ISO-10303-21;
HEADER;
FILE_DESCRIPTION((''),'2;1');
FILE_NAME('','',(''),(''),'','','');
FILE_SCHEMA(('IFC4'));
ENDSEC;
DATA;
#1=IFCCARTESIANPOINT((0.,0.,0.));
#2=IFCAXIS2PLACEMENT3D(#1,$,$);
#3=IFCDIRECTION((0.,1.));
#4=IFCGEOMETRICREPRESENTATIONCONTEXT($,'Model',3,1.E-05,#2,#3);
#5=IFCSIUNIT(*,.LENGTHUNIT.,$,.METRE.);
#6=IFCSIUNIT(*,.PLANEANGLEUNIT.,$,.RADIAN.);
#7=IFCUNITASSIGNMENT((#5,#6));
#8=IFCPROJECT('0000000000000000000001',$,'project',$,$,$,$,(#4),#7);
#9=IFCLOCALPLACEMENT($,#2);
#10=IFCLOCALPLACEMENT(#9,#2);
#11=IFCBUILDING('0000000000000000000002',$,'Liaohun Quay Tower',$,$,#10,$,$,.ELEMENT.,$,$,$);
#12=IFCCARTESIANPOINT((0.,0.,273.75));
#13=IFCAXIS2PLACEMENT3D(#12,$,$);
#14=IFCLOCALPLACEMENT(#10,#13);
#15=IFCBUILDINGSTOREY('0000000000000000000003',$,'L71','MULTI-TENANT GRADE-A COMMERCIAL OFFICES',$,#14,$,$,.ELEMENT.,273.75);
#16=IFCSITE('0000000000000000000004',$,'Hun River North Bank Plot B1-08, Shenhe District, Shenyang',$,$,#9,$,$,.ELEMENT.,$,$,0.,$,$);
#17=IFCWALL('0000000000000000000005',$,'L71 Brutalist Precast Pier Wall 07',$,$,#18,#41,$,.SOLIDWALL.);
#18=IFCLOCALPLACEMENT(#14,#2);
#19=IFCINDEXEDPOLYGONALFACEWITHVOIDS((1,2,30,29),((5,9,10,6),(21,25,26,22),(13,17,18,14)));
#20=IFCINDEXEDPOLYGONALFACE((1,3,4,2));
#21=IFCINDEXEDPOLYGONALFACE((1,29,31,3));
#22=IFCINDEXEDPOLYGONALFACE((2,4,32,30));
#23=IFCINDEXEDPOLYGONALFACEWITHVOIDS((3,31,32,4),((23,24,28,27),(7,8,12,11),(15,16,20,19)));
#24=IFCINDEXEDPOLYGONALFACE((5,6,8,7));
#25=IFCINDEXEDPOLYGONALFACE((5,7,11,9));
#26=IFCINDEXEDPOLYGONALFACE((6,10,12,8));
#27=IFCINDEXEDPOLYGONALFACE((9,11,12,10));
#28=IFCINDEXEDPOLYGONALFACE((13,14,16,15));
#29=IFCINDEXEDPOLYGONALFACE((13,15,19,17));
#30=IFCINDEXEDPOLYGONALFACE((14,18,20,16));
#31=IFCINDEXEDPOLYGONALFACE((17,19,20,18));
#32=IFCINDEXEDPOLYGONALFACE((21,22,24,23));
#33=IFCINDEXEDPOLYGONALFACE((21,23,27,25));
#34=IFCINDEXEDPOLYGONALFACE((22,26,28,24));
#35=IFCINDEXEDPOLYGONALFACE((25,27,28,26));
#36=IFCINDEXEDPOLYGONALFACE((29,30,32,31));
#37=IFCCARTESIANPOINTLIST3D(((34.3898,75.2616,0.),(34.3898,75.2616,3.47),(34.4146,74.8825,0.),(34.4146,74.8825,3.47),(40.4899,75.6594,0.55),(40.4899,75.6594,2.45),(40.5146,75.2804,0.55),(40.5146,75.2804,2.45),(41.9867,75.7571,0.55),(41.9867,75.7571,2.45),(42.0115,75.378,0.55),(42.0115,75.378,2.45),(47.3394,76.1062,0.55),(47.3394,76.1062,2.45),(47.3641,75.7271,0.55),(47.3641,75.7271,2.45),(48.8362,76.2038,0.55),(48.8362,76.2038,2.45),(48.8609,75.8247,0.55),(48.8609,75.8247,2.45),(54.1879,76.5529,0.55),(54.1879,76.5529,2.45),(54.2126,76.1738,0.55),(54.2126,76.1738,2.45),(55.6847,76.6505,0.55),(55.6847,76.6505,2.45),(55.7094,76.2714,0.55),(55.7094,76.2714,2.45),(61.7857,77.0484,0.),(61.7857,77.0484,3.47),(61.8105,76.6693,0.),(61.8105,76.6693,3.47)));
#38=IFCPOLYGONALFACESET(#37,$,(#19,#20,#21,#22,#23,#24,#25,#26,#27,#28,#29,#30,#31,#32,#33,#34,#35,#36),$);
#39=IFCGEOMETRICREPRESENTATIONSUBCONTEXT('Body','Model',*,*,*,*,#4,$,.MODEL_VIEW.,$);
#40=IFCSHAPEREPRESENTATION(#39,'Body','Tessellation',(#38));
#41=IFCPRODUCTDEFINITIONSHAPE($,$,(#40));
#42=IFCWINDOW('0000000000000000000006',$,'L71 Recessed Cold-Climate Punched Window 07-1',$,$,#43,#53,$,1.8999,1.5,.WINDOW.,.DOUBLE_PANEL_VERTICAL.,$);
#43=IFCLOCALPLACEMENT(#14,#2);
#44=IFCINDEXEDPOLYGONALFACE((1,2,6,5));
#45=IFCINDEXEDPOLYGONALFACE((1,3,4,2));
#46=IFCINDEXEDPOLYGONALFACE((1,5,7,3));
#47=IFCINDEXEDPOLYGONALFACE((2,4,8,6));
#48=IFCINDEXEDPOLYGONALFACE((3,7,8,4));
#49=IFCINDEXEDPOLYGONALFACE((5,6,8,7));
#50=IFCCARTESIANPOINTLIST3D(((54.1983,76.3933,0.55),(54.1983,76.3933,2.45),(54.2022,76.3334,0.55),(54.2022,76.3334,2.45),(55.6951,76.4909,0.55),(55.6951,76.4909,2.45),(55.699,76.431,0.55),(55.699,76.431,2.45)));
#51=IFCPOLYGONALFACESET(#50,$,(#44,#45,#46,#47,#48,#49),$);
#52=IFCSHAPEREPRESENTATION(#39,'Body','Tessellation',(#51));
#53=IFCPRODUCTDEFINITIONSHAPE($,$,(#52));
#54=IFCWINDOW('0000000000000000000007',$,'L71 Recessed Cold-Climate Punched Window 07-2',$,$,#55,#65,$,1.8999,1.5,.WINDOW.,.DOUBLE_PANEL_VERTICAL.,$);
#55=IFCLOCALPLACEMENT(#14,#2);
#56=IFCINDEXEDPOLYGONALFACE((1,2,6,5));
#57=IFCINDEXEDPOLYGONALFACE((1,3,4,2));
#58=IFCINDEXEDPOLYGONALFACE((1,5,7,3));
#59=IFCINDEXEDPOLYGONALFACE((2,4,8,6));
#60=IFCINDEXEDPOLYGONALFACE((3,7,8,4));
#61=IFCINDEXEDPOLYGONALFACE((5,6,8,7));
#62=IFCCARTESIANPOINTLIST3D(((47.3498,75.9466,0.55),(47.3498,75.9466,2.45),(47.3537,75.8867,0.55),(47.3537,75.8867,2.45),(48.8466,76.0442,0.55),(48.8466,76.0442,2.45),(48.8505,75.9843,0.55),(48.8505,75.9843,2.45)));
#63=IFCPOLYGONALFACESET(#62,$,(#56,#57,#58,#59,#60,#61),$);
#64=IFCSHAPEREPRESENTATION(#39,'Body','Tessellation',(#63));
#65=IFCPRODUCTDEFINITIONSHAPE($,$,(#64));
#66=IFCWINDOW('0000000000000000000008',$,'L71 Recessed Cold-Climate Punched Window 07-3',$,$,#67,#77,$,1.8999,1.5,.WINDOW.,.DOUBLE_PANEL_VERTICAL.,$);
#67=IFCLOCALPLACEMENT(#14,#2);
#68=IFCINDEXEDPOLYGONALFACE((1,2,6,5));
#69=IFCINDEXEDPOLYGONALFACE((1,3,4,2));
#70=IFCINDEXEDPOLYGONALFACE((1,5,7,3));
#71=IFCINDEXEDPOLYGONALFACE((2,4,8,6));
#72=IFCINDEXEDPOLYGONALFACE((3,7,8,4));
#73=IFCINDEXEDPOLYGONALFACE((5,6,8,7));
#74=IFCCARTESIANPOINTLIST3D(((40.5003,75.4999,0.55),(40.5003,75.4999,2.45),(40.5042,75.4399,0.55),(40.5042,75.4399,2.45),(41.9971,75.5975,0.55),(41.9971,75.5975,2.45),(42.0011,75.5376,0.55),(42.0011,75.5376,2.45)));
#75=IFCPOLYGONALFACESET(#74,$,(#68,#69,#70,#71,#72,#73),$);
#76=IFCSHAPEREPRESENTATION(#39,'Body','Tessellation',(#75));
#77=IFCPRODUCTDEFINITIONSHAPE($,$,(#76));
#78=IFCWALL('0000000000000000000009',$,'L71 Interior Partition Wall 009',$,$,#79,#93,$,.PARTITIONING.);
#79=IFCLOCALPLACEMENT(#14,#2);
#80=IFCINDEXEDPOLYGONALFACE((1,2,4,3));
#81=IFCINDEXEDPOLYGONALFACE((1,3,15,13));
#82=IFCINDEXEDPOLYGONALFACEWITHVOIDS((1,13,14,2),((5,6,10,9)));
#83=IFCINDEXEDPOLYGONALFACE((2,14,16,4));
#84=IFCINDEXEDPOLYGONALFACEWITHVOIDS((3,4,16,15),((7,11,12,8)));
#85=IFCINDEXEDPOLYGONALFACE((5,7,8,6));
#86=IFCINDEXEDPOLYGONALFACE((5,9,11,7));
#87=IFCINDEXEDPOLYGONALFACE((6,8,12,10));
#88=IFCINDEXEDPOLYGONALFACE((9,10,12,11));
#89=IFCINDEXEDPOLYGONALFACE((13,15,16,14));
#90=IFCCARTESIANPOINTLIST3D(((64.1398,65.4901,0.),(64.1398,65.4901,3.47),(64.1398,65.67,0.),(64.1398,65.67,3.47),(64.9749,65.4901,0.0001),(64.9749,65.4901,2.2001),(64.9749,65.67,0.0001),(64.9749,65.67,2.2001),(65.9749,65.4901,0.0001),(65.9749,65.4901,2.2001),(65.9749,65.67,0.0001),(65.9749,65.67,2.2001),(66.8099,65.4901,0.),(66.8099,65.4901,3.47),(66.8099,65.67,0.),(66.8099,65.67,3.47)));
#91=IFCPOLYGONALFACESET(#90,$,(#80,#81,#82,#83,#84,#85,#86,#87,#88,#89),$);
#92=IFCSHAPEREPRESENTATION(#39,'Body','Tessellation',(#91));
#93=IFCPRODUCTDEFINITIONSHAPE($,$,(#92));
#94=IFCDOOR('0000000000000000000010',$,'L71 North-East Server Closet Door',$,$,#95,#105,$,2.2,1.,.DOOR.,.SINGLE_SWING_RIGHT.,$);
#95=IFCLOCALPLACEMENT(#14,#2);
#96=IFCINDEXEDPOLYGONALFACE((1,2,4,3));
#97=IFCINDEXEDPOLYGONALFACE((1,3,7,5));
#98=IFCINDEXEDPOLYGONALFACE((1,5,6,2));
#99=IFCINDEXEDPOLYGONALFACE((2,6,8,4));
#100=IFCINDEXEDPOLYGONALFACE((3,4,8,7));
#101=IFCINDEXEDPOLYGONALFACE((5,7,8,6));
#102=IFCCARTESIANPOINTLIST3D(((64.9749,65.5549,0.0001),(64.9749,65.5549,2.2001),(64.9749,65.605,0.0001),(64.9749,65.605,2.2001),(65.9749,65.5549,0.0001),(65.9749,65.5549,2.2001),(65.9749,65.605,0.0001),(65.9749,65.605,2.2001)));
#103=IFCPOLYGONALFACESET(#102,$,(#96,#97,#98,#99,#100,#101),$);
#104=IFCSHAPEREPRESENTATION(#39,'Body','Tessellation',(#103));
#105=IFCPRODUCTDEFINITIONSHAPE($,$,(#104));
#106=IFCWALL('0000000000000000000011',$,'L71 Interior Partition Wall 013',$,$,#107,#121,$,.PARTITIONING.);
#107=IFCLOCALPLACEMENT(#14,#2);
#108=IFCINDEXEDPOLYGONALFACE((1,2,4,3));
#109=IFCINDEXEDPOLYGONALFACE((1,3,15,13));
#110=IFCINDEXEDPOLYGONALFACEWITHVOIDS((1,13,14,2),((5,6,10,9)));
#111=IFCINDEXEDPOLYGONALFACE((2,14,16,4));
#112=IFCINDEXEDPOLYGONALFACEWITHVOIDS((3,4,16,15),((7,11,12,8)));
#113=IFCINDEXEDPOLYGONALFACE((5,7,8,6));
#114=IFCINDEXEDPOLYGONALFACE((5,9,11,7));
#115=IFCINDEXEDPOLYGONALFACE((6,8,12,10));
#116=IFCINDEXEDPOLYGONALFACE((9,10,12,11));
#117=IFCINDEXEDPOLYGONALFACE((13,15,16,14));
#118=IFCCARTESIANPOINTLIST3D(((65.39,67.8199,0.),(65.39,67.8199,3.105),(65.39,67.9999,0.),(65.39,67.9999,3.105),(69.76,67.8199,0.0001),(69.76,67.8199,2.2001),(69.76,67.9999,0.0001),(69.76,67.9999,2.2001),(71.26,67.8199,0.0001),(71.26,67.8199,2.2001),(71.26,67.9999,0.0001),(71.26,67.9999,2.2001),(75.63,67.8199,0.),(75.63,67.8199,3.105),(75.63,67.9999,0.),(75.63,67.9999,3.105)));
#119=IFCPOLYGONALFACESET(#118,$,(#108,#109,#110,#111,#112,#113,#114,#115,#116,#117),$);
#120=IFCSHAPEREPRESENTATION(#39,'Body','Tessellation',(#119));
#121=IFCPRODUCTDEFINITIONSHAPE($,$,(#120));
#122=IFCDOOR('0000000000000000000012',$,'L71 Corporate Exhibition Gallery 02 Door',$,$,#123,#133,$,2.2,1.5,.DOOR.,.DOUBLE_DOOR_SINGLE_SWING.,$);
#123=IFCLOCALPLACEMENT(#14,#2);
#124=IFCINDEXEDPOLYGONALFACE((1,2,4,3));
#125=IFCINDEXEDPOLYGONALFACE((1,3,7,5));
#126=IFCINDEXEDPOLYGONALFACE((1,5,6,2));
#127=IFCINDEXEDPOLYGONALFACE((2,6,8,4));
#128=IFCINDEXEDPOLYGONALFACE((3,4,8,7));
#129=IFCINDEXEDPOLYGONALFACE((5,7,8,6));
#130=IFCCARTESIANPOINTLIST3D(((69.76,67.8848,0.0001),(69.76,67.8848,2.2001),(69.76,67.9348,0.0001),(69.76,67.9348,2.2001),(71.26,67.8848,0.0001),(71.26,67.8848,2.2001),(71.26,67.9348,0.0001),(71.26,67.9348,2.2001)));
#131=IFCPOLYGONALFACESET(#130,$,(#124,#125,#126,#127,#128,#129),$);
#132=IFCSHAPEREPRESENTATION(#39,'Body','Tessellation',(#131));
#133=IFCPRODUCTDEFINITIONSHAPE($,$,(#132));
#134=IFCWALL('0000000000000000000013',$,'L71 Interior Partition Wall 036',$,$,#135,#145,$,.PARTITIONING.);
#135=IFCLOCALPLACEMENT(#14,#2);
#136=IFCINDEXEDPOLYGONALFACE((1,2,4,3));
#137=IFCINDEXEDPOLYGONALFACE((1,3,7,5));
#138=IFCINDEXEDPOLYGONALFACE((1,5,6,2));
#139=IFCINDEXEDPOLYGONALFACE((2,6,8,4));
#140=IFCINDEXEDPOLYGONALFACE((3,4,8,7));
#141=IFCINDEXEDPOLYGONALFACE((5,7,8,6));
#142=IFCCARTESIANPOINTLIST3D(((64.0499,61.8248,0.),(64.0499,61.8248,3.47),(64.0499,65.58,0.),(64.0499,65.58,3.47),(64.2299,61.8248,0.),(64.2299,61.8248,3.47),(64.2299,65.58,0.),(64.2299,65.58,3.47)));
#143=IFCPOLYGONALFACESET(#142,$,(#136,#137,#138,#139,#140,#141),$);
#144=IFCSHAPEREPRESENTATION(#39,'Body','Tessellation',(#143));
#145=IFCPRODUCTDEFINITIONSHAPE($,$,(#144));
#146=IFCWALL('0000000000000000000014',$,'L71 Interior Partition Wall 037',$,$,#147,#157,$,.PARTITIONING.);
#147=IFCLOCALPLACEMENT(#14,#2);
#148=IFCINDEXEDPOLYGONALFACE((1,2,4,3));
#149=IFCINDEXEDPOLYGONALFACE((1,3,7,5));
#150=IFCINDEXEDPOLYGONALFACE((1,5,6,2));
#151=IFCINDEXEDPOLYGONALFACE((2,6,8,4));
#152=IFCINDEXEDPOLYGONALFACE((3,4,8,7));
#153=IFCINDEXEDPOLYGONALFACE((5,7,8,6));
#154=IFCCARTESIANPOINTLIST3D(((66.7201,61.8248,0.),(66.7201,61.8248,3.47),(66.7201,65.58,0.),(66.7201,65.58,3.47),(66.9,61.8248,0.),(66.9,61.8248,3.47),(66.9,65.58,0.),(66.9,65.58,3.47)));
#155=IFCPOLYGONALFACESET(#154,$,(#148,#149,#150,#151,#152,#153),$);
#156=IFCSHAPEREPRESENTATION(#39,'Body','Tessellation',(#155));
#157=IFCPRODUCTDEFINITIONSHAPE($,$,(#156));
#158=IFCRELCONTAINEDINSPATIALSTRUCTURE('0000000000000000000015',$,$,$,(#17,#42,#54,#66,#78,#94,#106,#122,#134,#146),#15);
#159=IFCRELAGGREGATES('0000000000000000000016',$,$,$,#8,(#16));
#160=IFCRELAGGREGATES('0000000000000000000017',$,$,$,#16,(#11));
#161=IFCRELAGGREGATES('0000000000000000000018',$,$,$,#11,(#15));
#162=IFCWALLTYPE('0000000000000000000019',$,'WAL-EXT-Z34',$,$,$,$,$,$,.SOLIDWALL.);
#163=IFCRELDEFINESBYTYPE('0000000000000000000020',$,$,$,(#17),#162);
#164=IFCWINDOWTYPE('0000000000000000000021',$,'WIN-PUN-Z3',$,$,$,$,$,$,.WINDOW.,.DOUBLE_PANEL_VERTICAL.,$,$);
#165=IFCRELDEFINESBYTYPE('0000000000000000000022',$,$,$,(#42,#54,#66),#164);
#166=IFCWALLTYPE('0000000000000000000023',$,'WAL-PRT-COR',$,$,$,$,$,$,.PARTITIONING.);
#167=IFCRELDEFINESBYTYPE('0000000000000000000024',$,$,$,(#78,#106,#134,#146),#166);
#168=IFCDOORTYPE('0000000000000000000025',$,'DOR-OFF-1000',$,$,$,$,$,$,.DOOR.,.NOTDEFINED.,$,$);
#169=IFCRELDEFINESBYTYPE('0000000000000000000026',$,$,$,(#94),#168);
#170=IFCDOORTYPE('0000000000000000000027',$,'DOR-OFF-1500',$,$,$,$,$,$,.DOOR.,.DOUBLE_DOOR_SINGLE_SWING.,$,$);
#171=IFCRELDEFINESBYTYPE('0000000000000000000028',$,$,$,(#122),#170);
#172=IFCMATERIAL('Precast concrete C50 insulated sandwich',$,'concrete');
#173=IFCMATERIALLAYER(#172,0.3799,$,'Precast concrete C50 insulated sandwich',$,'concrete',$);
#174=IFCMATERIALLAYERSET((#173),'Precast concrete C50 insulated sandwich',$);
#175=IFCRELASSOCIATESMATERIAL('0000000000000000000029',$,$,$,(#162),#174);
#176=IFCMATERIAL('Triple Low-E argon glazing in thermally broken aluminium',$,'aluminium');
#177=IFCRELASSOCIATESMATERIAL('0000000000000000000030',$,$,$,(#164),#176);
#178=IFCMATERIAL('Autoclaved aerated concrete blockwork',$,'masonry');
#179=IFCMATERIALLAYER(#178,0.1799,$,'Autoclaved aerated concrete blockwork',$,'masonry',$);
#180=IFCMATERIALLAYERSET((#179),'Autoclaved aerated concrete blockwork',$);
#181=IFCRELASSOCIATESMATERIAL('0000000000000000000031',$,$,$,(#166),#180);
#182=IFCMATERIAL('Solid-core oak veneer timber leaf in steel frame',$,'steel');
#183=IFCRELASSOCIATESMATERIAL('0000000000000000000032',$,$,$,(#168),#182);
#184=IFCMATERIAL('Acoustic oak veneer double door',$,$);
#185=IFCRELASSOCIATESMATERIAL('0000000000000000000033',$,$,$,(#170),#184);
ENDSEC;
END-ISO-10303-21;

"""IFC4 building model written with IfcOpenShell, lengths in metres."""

from ifc_helpers import new_model, si_unit, direction, frame, frame_2d, origin, place, context, subcontext, project, spatial, rectangle, extrude, source, transform, mapped, material, layer, layer_set, type_object, element, fill, save


model = new_model("IFC4")

# Units and contexts
model_context = context("Model", 3, precision=1e-05, world=origin(), true_north=direction((0.0, 1.0)))
body_context = subcontext(model_context, "Body", "Model", "MODEL_VIEW")
ifc_project = project(units=[si_unit("LENGTHUNIT", "METRE"), si_unit("PLANEANGLEUNIT", "RADIAN")], contexts=[model_context])

# Site, building, storey
site_placement = place(None, origin())
site = spatial("IfcSite", under=ifc_project, at=site_placement, Name="Hun River North Bank Plot B1-08, Shenhe District, Shenyang", CompositionType="ELEMENT", RefElevation=0.0)
building_placement = place(site_placement, origin())
building = spatial("IfcBuilding", under=site, at=building_placement, Name="Liaohun Quay Tower", CompositionType="ELEMENT")
storey_placement = place(building_placement, frame((0.0, 0.0, 273.75)))
storey = spatial("IfcBuildingStorey", under=building, at=storey_placement, Name="L71", Description="MULTI-TENANT GRADE-A COMMERCIAL OFFICES", CompositionType="ELEMENT", Elevation=273.75)

# Wall, openings, windows
ifc_material_1 = material(Name="Precast concrete C50 insulated sandwich", Category="concrete")
ifc_layer_1 = layer(ifc_material_1, 0.3799, Name="Precast concrete C50 insulated sandwich", Category="concrete")
ifc_layer_set_1 = layer_set([ifc_layer_1], Name="Precast concrete C50 insulated sandwich")
wall_type_1 = type_object("IfcWallType", Name="WAL-EXT-Z34", PredefinedType="SOLIDWALL", material=ifc_layer_set_1)
wall_1_placement = place(storey_placement, frame((61.7981, 76.8589, 0.0), z_axis=(0.0, 0.0, 1.0), x_axis=(-0.99788, -0.065085, 0.0)))
wall_1 = element("IfcWall", 1, at=wall_1_placement, inside=storey, type_object=wall_type_1, Name="L71 Brutalist Precast Pier Wall 07", PredefinedType="SOLIDWALL", context=body_context, shape_type="SweptSolid", body=[
    extrude(rectangle(XDim=27.4541, YDim=0.3799, at=frame_2d((13.7271, 0.0))), origin(), (0.0, 0.0, 1.0), 3.47),
])
shared_shape_1 = source(origin(), body_context, "Body", "SweptSolid", [
    extrude(rectangle(XDim=1.5, YDim=1.8999, at=frame_2d((0.75, 0.95))), frame((0.0, 0.2, 0.0), z_axis=(0.0, -1.0, 0.0), x_axis=(1.0, 0.0, 0.0)), (0.0, 0.0, 1.0), 0.3999),
])
opening_1_placement = place(wall_1_placement, frame((6.114, 0.0, 0.55)))
opening_1 = element("IfcOpeningElement", 2, at=opening_1_placement, cuts=wall_1, PredefinedType="OPENING", context=body_context, shape_type="MappedRepresentation", body=[
    mapped(shared_shape_1, transform((0.0, 0.0, 0.0), x_axis=(1.0, 0.0, 0.0), y_axis=(0.0, 1.0, 0.0), z_axis=(0.0, 0.0, 1.0), scale=1.0)),
])
opening_2_placement = place(wall_1_placement, frame((12.9771, 0.0, 0.55)))
opening_2 = element("IfcOpeningElement", 3, at=opening_2_placement, cuts=wall_1, PredefinedType="OPENING", context=body_context, shape_type="MappedRepresentation", body=[
    mapped(shared_shape_1, transform((0.0, 0.0, 0.0), x_axis=(1.0, 0.0, 0.0), y_axis=(0.0, 1.0, 0.0), z_axis=(0.0, 0.0, 1.0), scale=1.0)),
])
opening_3_placement = place(wall_1_placement, frame((19.8411, 0.0, 0.55)))
opening_3 = element("IfcOpeningElement", 4, at=opening_3_placement, cuts=wall_1, PredefinedType="OPENING", context=body_context, shape_type="MappedRepresentation", body=[
    mapped(shared_shape_1, transform((0.0, 0.0, 0.0), x_axis=(1.0, 0.0, 0.0), y_axis=(0.0, 1.0, 0.0), z_axis=(0.0, 0.0, 1.0), scale=1.0)),
])
ifc_material_2 = material(Name="Triple Low-E argon glazing in thermally broken aluminium", Category="aluminium")
window_type = type_object("IfcWindowType", Name="WIN-PUN-Z3", PartitioningType="DOUBLE_PANEL_VERTICAL", PredefinedType="WINDOW", material=ifc_material_2)
shared_shape_2 = source(origin(), body_context, "Body", "SweptSolid", [
    extrude(rectangle(XDim=1.5, YDim=1.8999, at=frame_2d((0.75, 0.95))), frame((0.0, 0.03, 0.0), z_axis=(0.0, -1.0, 0.0), x_axis=(1.0, 0.0, 0.0)), (0.0, 0.0, 1.0), 0.0601),
])
window_1_placement = place(opening_1_placement, origin())
window_1 = element("IfcWindow", 5, at=window_1_placement, inside=storey, type_object=window_type, Name="L71 Recessed Cold-Climate Punched Window 07-1", OverallHeight=1.8999, OverallWidth=1.5, PartitioningType="DOUBLE_PANEL_VERTICAL", PredefinedType="WINDOW", context=body_context, shape_type="MappedRepresentation", body=[
    mapped(shared_shape_2, transform((0.0, 0.0, 0.0), x_axis=(1.0, 0.0, 0.0), y_axis=(0.0, 1.0, 0.0), z_axis=(0.0, 0.0, 1.0), scale=1.0)),
])
fill(opening_1, window_1)
window_2_placement = place(opening_2_placement, origin())
window_2 = element("IfcWindow", 6, at=window_2_placement, inside=storey, type_object=window_type, Name="L71 Recessed Cold-Climate Punched Window 07-2", OverallHeight=1.8999, OverallWidth=1.5, PartitioningType="DOUBLE_PANEL_VERTICAL", PredefinedType="WINDOW", context=body_context, shape_type="MappedRepresentation", body=[
    mapped(shared_shape_2, transform((0.0, 0.0, 0.0), x_axis=(1.0, 0.0, 0.0), y_axis=(0.0, 1.0, 0.0), z_axis=(0.0, 0.0, 1.0), scale=1.0)),
])
fill(opening_2, window_2)
window_3_placement = place(opening_3_placement, origin())
window_3 = element("IfcWindow", 7, at=window_3_placement, inside=storey, type_object=window_type, Name="L71 Recessed Cold-Climate Punched Window 07-3", OverallHeight=1.8999, OverallWidth=1.5, PartitioningType="DOUBLE_PANEL_VERTICAL", PredefinedType="WINDOW", context=body_context, shape_type="MappedRepresentation", body=[
    mapped(shared_shape_2, transform((0.0, 0.0, 0.0), x_axis=(1.0, 0.0, 0.0), y_axis=(0.0, 1.0, 0.0), z_axis=(0.0, 0.0, 1.0), scale=1.0)),
])
fill(opening_3, window_3)

# Walls, openings, doors
ifc_material_3 = material(Name="Autoclaved aerated concrete blockwork", Category="masonry")
ifc_layer_2 = layer(ifc_material_3, 0.1799, Name="Autoclaved aerated concrete blockwork", Category="masonry")
ifc_layer_set_2 = layer_set([ifc_layer_2], Name="Autoclaved aerated concrete blockwork")
wall_type_2 = type_object("IfcWallType", Name="WAL-PRT-COR", PredefinedType="PARTITIONING", material=ifc_layer_set_2)
wall_2_placement = place(storey_placement, frame((64.1399, 65.5801, 0.0), z_axis=(0.0, 0.0, 1.0), x_axis=(1.0, 0.0, 0.0)))
wall_2 = element("IfcWall", 8, at=wall_2_placement, inside=storey, type_object=wall_type_2, Name="L71 Interior Partition Wall 009", PredefinedType="PARTITIONING", context=body_context, shape_type="SweptSolid", body=[
    extrude(rectangle(XDim=2.6702, YDim=0.1799, at=frame_2d((1.335, 0.0))), origin(), (0.0, 0.0, 1.0), 3.47),
])
shared_shape_3 = source(origin(), body_context, "Body", "SweptSolid", [
    extrude(rectangle(XDim=1.0, YDim=2.2, at=frame_2d((0.5, 1.1001))), frame((0.0, 0.0999, 0.0), z_axis=(0.0, -1.0, 0.0), x_axis=(1.0, 0.0, 0.0)), (0.0, 0.0, 1.0), 0.2),
])
opening_4_placement = place(wall_2_placement, frame((0.835, 0.0, 0.0)))
opening_4 = element("IfcOpeningElement", 9, at=opening_4_placement, cuts=wall_2, PredefinedType="OPENING", context=body_context, shape_type="MappedRepresentation", body=[
    mapped(shared_shape_3, transform((0.0, 0.0, 0.0), x_axis=(1.0, 0.0, 0.0), y_axis=(0.0, 1.0, 0.0), z_axis=(0.0, 0.0, 1.0), scale=1.0)),
])
ifc_material_4 = material(Name="Solid-core oak veneer timber leaf in steel frame", Category="steel")
door_type_1 = type_object("IfcDoorType", Name="DOR-OFF-1000", OperationType="NOTDEFINED", PredefinedType="DOOR", material=ifc_material_4)
shared_shape_4 = source(origin(), body_context, "Body", "SweptSolid", [
    extrude(rectangle(XDim=1.0, YDim=2.2, at=frame_2d((0.5, 1.1001))), frame((0.0, 0.0249, 0.0), z_axis=(0.0, -1.0, 0.0), x_axis=(1.0, 0.0, 0.0)), (0.0, 0.0, 1.0), 0.05),
])
door_1_placement = place(opening_4_placement, origin())
door_1 = element("IfcDoor", 10, at=door_1_placement, inside=storey, type_object=door_type_1, Name="L71 North-East Server Closet Door", OperationType="SINGLE_SWING_RIGHT", OverallHeight=2.2, OverallWidth=1.0, PredefinedType="DOOR", context=body_context, shape_type="MappedRepresentation", body=[
    mapped(shared_shape_4, transform((0.0, 0.0, 0.0), x_axis=(1.0, 0.0, 0.0), y_axis=(0.0, 1.0, 0.0), z_axis=(0.0, 0.0, 1.0), scale=1.0)),
])
fill(opening_4, door_1)
wall_3_placement = place(storey_placement, frame((65.3899, 67.9099, 0.0), z_axis=(0.0, 0.0, 1.0), x_axis=(1.0, 0.0, 0.0)))
wall_3 = element("IfcWall", 11, at=wall_3_placement, inside=storey, type_object=wall_type_2, Name="L71 Interior Partition Wall 013", PredefinedType="PARTITIONING", context=body_context, shape_type="SweptSolid", body=[
    extrude(rectangle(XDim=10.24, YDim=0.1799, at=frame_2d((5.1201, 0.0))), origin(), (0.0, 0.0, 1.0), 3.105),
])
shared_shape_5 = source(origin(), body_context, "Body", "SweptSolid", [
    extrude(rectangle(XDim=1.5, YDim=2.2, at=frame_2d((0.75, 1.1001))), frame((0.0, 0.0999, 0.0), z_axis=(0.0, -1.0, 0.0), x_axis=(1.0, 0.0, 0.0)), (0.0, 0.0, 1.0), 0.2),
])
opening_5_placement = place(wall_3_placement, frame((4.3701, 0.0, 0.0)))
opening_5 = element("IfcOpeningElement", 12, at=opening_5_placement, cuts=wall_3, PredefinedType="OPENING", context=body_context, shape_type="MappedRepresentation", body=[
    mapped(shared_shape_5, transform((0.0, 0.0, 0.0), x_axis=(1.0, 0.0, 0.0), y_axis=(0.0, 1.0, 0.0), z_axis=(0.0, 0.0, 1.0), scale=1.0)),
])
ifc_material_5 = material(Name="Acoustic oak veneer double door")
door_type_2 = type_object("IfcDoorType", Name="DOR-OFF-1500", OperationType="DOUBLE_DOOR_SINGLE_SWING", PredefinedType="DOOR", material=ifc_material_5)
shared_shape_6 = source(origin(), body_context, "Body", "SweptSolid", [
    extrude(rectangle(XDim=1.5, YDim=2.2, at=frame_2d((0.75, 1.1001))), frame((0.0, 0.0249, 0.0), z_axis=(0.0, -1.0, 0.0), x_axis=(1.0, 0.0, 0.0)), (0.0, 0.0, 1.0), 0.05),
])
door_2_placement = place(opening_5_placement, origin())
door_2 = element("IfcDoor", 13, at=door_2_placement, inside=storey, type_object=door_type_2, Name="L71 Corporate Exhibition Gallery 02 Door", OperationType="DOUBLE_DOOR_SINGLE_SWING", OverallHeight=2.2, OverallWidth=1.5, PredefinedType="DOOR", context=body_context, shape_type="MappedRepresentation", body=[
    mapped(shared_shape_6, transform((0.0, 0.0, 0.0), x_axis=(1.0, 0.0, 0.0), y_axis=(0.0, 1.0, 0.0), z_axis=(0.0, 0.0, 1.0), scale=1.0)),
])
fill(opening_5, door_2)

# Walls
for number, where, z_axis, x_axis, name in (
    (14, (64.1399, 61.825, 0.0), (0.0, 0.0, 1.0), (0.0, 1.0, 0.0), "L71 Interior Partition Wall 036"),
    (15, (66.8101, 61.825, 0.0), (0.0, 0.0, 1.0), (0.0, 1.0, 0.0), "L71 Interior Partition Wall 037"),
):
    element("IfcWall", number, at=place(storey_placement, frame(where, z_axis=z_axis, x_axis=x_axis)), inside=storey, type_object=wall_type_2, Name=name, PredefinedType="PARTITIONING", context=body_context, shape_type="SweptSolid", body=[
        extrude(rectangle(XDim=3.7551, YDim=0.1799, at=frame_2d((1.8774, 0.0))), origin(), (0.0, 0.0, 1.0), 3.47),
    ])

save(model, "model.ifc")
